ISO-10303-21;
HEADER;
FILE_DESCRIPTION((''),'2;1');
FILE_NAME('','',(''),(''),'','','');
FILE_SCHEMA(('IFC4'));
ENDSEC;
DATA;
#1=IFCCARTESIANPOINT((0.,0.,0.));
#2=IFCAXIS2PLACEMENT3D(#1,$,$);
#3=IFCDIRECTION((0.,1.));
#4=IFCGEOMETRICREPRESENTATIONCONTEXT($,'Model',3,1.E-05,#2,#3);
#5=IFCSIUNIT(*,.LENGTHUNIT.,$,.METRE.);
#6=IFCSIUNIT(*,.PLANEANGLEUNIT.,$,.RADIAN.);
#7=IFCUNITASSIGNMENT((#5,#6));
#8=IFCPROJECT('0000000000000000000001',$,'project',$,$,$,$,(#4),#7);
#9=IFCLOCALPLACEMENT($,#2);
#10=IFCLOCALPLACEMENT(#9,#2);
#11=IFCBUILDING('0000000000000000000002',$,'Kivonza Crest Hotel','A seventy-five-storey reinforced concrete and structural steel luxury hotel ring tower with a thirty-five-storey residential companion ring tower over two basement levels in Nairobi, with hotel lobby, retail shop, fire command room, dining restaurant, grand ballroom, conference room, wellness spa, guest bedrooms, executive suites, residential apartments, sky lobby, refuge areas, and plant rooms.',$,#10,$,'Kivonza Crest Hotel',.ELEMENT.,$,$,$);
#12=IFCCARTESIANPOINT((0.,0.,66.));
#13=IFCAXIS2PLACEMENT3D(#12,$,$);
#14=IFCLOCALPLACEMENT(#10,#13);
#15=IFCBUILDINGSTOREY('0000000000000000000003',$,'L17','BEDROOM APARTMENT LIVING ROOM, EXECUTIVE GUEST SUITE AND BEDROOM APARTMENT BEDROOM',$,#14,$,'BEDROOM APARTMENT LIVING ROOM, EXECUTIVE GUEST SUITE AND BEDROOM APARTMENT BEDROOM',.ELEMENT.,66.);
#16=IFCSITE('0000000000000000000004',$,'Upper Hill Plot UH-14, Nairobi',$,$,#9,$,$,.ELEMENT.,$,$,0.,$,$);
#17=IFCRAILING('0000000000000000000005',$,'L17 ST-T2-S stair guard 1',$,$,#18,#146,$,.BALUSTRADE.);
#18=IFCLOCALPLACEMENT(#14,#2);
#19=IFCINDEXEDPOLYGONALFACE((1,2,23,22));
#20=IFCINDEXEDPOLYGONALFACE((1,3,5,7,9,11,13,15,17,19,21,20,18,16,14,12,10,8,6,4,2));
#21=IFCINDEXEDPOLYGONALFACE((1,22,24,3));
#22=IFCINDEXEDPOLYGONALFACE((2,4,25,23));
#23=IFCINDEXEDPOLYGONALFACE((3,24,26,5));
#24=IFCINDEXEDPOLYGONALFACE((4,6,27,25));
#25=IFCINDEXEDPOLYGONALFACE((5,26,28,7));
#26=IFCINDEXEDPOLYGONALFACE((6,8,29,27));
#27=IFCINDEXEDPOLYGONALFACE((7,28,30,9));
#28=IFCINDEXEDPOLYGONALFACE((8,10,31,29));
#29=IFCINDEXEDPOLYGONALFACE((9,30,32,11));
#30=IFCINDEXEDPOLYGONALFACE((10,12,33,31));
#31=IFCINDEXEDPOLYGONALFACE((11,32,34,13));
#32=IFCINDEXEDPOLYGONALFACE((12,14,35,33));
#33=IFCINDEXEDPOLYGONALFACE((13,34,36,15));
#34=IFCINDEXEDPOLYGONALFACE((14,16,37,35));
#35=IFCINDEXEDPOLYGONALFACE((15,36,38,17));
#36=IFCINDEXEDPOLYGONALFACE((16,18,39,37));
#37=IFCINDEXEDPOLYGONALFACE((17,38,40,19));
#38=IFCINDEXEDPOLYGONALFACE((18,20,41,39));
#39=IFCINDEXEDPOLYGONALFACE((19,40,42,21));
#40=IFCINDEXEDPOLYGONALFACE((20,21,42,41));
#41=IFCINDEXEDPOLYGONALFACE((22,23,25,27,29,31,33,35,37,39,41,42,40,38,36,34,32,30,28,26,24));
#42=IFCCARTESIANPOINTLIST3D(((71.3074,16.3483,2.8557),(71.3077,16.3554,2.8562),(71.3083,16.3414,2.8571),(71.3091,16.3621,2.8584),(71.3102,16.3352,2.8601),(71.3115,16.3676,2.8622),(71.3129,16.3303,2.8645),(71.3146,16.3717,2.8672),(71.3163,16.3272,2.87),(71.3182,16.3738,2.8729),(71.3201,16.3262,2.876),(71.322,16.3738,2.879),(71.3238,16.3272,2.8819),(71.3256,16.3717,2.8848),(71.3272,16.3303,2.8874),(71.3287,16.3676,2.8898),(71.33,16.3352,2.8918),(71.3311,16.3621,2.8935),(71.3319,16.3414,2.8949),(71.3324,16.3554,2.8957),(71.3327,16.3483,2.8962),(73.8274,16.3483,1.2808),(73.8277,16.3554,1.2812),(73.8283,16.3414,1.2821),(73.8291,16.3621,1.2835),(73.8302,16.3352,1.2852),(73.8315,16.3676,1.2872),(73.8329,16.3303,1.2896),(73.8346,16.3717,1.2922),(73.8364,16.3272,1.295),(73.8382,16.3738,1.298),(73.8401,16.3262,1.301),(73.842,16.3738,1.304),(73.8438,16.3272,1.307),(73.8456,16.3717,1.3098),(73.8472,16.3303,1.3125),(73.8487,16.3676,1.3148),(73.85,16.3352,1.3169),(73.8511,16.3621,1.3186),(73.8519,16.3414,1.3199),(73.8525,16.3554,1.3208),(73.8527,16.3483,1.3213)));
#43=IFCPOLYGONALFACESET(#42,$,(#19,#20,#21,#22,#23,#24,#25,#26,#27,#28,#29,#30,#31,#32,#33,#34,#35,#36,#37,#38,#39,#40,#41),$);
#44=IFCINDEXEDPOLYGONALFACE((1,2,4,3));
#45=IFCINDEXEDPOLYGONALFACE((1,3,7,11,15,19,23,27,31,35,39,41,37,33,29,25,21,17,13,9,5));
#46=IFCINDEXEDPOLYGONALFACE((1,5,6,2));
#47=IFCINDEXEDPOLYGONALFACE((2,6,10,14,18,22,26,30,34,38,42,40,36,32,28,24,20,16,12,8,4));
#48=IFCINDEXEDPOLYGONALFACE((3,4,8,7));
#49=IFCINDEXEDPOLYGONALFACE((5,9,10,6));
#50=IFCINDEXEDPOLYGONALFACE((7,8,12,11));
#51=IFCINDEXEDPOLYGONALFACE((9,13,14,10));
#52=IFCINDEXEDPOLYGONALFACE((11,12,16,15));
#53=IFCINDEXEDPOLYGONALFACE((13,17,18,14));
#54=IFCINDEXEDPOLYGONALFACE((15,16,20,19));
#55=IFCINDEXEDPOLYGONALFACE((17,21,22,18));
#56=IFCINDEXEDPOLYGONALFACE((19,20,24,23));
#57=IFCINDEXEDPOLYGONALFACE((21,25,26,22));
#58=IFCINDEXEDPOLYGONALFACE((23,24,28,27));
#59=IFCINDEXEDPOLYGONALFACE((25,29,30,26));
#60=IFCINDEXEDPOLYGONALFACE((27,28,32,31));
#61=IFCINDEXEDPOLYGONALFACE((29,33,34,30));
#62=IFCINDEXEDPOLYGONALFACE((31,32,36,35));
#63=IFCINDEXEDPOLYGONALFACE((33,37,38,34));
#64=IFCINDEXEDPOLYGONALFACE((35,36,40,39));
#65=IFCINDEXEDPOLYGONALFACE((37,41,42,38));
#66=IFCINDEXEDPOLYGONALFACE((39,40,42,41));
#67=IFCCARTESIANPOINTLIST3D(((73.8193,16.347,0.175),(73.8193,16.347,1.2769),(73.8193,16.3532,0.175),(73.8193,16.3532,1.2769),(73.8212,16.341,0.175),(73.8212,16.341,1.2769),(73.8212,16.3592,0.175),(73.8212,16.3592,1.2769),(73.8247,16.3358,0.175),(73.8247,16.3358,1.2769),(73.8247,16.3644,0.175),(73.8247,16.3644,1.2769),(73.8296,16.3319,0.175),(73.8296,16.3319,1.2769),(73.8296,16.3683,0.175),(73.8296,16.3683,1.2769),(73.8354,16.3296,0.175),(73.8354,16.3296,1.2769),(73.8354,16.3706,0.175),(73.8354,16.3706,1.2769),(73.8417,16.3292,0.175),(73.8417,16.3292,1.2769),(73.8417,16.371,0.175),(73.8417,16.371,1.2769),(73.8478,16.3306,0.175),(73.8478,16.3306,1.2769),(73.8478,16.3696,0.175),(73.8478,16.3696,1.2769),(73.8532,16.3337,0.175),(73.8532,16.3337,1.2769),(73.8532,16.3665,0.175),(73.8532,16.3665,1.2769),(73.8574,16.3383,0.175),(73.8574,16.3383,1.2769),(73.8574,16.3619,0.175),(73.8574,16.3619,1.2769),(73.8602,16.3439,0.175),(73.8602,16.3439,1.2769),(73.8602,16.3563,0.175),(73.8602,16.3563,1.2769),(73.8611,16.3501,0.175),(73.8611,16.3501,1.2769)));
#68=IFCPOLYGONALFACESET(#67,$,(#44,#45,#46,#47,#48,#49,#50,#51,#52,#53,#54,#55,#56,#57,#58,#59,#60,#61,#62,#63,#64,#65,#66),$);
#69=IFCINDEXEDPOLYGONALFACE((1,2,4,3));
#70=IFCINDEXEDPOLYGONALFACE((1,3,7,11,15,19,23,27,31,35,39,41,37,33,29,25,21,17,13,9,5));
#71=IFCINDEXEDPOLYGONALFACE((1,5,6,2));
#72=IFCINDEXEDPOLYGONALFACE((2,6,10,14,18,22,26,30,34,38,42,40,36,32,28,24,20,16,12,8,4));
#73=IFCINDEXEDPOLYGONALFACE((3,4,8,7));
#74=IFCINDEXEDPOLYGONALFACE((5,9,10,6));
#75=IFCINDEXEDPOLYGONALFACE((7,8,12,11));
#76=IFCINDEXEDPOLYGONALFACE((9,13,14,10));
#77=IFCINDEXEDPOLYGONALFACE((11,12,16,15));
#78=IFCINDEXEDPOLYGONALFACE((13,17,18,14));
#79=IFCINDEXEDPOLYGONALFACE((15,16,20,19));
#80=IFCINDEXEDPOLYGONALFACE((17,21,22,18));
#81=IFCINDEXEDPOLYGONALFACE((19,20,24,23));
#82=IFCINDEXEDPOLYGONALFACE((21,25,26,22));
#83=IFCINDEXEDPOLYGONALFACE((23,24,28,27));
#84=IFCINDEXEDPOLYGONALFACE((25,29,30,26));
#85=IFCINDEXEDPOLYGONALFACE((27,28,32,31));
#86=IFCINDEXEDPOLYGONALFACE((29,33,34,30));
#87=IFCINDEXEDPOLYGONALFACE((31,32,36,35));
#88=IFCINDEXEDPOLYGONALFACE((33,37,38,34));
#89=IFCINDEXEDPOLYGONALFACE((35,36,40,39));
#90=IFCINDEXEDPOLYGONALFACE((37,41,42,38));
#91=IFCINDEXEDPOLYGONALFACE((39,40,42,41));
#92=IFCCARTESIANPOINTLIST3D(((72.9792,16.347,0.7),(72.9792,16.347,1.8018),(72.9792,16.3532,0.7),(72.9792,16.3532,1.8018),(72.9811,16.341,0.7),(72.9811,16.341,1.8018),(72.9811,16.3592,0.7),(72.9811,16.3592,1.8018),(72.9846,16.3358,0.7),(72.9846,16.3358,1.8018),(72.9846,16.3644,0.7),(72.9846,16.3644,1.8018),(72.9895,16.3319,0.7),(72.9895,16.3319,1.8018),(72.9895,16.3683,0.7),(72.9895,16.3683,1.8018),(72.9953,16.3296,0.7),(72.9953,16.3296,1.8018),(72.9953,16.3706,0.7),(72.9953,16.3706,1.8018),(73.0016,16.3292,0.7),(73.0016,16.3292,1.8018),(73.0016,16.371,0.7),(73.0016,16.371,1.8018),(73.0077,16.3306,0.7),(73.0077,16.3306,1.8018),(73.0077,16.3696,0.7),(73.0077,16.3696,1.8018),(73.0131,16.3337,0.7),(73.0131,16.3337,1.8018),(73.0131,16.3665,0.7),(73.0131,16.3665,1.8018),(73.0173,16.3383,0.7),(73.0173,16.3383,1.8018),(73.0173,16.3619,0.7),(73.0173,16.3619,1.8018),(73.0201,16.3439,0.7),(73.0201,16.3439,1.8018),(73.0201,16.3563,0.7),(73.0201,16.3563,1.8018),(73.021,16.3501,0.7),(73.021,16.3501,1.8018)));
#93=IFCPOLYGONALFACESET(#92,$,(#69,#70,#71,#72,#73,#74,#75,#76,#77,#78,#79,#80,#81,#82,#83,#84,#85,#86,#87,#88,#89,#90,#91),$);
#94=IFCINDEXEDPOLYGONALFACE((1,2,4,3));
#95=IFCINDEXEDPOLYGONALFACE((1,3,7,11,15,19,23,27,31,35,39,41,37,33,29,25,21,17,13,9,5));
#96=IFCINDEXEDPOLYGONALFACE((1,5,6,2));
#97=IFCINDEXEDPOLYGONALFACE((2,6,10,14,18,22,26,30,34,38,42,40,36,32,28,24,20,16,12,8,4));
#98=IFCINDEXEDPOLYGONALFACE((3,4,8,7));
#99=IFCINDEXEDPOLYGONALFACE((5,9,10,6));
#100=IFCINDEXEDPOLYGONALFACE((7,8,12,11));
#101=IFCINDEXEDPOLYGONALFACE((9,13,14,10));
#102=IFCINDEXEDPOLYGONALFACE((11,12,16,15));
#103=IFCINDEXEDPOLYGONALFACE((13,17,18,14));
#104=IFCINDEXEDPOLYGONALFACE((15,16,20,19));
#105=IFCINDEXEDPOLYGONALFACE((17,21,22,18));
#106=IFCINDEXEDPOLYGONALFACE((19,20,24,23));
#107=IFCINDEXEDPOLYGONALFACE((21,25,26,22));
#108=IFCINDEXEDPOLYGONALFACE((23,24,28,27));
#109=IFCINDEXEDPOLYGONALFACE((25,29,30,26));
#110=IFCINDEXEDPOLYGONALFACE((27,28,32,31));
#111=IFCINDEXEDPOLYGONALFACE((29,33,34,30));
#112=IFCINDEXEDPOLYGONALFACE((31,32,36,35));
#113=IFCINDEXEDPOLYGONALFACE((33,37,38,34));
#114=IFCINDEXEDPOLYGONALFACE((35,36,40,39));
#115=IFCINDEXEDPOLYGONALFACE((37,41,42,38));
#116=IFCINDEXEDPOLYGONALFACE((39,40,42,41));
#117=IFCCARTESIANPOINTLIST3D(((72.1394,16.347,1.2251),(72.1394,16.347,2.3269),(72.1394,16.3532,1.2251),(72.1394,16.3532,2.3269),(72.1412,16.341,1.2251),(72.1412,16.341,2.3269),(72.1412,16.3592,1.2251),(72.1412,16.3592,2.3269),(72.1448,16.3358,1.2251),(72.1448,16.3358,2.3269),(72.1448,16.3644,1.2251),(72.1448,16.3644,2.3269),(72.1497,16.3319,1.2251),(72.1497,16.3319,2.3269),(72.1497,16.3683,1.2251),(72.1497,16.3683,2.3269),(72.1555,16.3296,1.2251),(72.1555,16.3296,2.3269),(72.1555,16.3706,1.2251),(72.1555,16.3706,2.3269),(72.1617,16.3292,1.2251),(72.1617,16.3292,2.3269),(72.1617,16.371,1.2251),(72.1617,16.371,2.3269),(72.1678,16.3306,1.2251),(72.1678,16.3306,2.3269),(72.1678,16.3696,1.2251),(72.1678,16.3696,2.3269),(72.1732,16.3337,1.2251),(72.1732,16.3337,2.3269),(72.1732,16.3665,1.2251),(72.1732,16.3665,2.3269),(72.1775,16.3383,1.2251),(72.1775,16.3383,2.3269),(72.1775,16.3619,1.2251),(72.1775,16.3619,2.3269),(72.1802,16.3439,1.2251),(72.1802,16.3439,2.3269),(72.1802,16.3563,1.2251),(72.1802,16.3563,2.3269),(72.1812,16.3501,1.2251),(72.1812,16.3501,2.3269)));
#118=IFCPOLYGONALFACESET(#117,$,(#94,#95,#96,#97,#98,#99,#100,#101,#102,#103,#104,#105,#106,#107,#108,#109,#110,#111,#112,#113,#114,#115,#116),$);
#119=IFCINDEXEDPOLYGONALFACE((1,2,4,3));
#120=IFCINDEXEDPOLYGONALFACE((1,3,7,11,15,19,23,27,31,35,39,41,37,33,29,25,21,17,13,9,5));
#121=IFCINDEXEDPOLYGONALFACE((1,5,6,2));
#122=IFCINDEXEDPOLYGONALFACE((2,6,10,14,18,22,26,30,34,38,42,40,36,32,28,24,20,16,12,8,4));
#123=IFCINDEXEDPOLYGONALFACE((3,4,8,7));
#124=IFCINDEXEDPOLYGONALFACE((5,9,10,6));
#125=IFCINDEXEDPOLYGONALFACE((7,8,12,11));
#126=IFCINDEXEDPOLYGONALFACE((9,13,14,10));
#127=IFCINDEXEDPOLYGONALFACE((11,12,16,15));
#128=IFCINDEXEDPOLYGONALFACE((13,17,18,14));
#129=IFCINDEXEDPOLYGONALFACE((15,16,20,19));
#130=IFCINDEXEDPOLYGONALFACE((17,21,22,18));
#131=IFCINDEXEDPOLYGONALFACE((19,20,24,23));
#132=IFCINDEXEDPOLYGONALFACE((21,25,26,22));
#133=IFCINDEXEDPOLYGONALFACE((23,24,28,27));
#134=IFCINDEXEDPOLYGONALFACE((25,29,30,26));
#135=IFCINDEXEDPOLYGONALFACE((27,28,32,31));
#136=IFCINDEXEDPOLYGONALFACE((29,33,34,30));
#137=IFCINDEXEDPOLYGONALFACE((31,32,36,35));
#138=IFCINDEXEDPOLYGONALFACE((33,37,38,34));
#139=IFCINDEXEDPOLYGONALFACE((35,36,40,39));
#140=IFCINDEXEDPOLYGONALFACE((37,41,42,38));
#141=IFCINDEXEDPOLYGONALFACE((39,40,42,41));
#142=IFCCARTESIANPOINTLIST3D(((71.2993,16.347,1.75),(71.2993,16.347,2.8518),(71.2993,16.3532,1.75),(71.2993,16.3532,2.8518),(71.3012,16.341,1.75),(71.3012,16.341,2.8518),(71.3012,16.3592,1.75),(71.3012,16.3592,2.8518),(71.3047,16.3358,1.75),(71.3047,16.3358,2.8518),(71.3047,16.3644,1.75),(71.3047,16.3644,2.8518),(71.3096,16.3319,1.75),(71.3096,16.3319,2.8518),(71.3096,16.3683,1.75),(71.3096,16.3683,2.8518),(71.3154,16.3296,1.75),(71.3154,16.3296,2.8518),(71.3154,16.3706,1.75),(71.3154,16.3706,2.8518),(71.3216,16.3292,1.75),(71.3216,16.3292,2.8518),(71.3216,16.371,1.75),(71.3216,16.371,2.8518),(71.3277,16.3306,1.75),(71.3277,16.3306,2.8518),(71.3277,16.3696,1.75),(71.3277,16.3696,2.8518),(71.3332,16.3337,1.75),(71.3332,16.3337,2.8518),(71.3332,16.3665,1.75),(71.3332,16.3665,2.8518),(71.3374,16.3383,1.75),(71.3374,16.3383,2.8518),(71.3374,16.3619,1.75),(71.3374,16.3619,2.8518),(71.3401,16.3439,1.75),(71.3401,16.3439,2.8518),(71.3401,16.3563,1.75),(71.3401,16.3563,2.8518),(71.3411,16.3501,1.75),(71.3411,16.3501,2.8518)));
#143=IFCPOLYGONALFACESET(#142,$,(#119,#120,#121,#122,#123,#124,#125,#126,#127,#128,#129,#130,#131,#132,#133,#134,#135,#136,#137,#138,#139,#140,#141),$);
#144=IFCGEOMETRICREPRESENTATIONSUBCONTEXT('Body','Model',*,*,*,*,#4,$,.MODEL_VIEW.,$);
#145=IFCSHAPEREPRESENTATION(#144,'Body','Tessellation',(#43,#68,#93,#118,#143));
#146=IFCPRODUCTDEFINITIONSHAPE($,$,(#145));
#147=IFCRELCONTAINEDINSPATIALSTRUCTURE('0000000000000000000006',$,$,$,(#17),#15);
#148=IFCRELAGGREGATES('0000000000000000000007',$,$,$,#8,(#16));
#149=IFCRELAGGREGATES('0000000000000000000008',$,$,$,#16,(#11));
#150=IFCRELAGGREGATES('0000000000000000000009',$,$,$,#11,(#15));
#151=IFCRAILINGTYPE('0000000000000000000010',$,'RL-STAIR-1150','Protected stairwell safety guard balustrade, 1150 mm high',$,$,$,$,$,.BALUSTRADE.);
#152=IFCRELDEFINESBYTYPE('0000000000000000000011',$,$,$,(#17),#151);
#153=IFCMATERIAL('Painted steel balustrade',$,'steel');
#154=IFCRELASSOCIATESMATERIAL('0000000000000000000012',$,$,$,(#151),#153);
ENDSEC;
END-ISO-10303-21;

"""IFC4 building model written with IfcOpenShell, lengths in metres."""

from ifc_helpers import new_model, si_unit, direction, frame, origin, origin_2d, place, context, subcontext, project, spatial, circle, extrude, material, type_object, element, save


model = new_model("IFC4")

# Units and contexts
model_context = context("Model", 3, precision=1e-05, world=origin(), true_north=direction((0.0, 1.0)))
body_context = subcontext(model_context, "Body", "Model", "MODEL_VIEW")
ifc_project = project(units=[si_unit("LENGTHUNIT", "METRE"), si_unit("PLANEANGLEUNIT", "RADIAN")], contexts=[model_context])

# Site, building, storey
site_placement = place(None, origin())
site = spatial("IfcSite", under=ifc_project, at=site_placement, Name="Upper Hill Plot UH-14, Nairobi", CompositionType="ELEMENT", RefElevation=0.0)
building_placement = place(site_placement, origin())
building = spatial("IfcBuilding", under=site, at=building_placement, Name="Kivonza Crest Hotel", Description="A seventy-five-storey reinforced concrete and structural steel luxury hotel ring tower with a thirty-five-storey residential companion ring tower over two basement levels in Nairobi, with hotel lobby, retail shop, fire command room, dining restaurant, grand ballroom, conference room, wellness spa, guest bedrooms, executive suites, residential apartments, sky lobby, refuge areas, and plant rooms.", LongName="Kivonza Crest Hotel", CompositionType="ELEMENT")
storey_placement = place(building_placement, frame((0.0, 0.0, 66.0)))
storey = spatial("IfcBuildingStorey", under=building, at=storey_placement, Name="L17", Description="BEDROOM APARTMENT LIVING ROOM, EXECUTIVE GUEST SUITE AND BEDROOM APARTMENT BEDROOM", LongName="BEDROOM APARTMENT LIVING ROOM, EXECUTIVE GUEST SUITE AND BEDROOM APARTMENT BEDROOM", CompositionType="ELEMENT", Elevation=66.0)

# Railing
ifc_material_1 = material(Name="Painted steel balustrade", Category="steel")
railing_type_1 = type_object("IfcRailingType", Name="RL-STAIR-1150", Description="Protected stairwell safety guard balustrade, 1150 mm high", PredefinedType="BALUSTRADE", material=ifc_material_1)
railing_1_placement = place(storey_placement, frame((73.8401, 16.3501, 0.175)))
element("IfcRailing", 1, at=railing_1_placement, inside=storey, type_object=railing_type_1, Name="L17 ST-T2-S stair guard 1", PredefinedType="BALUSTRADE", context=body_context, shape_type="SweptSolid", body=[
    extrude(circle(Radius=0.0239, at=origin_2d()), frame((0.0, 0.0, 1.126), z_axis=(-0.848008, 0.0, 0.529984), x_axis=(0.0, -1.0, 0.0)), (0.0, 0.0, 1.0), 2.9717),
    extrude(circle(Radius=0.021, at=origin_2d()), origin(), (0.0, 0.0, 1.0), 1.1018),
    extrude(circle(Radius=0.021, at=origin_2d()), frame((-0.8401, 0.0, 0.5249)), (0.0, 0.0, 1.0), 1.1018),
    extrude(circle(Radius=0.021, at=origin_2d()), frame((-1.6799, 0.0, 1.05)), (0.0, 0.0, 1.0), 1.1018),
    extrude(circle(Radius=0.021, at=origin_2d()), frame((-2.52, 0.0, 1.575)), (0.0, 0.0, 1.0), 1.1018),
])

save(model, "model.ifc")
